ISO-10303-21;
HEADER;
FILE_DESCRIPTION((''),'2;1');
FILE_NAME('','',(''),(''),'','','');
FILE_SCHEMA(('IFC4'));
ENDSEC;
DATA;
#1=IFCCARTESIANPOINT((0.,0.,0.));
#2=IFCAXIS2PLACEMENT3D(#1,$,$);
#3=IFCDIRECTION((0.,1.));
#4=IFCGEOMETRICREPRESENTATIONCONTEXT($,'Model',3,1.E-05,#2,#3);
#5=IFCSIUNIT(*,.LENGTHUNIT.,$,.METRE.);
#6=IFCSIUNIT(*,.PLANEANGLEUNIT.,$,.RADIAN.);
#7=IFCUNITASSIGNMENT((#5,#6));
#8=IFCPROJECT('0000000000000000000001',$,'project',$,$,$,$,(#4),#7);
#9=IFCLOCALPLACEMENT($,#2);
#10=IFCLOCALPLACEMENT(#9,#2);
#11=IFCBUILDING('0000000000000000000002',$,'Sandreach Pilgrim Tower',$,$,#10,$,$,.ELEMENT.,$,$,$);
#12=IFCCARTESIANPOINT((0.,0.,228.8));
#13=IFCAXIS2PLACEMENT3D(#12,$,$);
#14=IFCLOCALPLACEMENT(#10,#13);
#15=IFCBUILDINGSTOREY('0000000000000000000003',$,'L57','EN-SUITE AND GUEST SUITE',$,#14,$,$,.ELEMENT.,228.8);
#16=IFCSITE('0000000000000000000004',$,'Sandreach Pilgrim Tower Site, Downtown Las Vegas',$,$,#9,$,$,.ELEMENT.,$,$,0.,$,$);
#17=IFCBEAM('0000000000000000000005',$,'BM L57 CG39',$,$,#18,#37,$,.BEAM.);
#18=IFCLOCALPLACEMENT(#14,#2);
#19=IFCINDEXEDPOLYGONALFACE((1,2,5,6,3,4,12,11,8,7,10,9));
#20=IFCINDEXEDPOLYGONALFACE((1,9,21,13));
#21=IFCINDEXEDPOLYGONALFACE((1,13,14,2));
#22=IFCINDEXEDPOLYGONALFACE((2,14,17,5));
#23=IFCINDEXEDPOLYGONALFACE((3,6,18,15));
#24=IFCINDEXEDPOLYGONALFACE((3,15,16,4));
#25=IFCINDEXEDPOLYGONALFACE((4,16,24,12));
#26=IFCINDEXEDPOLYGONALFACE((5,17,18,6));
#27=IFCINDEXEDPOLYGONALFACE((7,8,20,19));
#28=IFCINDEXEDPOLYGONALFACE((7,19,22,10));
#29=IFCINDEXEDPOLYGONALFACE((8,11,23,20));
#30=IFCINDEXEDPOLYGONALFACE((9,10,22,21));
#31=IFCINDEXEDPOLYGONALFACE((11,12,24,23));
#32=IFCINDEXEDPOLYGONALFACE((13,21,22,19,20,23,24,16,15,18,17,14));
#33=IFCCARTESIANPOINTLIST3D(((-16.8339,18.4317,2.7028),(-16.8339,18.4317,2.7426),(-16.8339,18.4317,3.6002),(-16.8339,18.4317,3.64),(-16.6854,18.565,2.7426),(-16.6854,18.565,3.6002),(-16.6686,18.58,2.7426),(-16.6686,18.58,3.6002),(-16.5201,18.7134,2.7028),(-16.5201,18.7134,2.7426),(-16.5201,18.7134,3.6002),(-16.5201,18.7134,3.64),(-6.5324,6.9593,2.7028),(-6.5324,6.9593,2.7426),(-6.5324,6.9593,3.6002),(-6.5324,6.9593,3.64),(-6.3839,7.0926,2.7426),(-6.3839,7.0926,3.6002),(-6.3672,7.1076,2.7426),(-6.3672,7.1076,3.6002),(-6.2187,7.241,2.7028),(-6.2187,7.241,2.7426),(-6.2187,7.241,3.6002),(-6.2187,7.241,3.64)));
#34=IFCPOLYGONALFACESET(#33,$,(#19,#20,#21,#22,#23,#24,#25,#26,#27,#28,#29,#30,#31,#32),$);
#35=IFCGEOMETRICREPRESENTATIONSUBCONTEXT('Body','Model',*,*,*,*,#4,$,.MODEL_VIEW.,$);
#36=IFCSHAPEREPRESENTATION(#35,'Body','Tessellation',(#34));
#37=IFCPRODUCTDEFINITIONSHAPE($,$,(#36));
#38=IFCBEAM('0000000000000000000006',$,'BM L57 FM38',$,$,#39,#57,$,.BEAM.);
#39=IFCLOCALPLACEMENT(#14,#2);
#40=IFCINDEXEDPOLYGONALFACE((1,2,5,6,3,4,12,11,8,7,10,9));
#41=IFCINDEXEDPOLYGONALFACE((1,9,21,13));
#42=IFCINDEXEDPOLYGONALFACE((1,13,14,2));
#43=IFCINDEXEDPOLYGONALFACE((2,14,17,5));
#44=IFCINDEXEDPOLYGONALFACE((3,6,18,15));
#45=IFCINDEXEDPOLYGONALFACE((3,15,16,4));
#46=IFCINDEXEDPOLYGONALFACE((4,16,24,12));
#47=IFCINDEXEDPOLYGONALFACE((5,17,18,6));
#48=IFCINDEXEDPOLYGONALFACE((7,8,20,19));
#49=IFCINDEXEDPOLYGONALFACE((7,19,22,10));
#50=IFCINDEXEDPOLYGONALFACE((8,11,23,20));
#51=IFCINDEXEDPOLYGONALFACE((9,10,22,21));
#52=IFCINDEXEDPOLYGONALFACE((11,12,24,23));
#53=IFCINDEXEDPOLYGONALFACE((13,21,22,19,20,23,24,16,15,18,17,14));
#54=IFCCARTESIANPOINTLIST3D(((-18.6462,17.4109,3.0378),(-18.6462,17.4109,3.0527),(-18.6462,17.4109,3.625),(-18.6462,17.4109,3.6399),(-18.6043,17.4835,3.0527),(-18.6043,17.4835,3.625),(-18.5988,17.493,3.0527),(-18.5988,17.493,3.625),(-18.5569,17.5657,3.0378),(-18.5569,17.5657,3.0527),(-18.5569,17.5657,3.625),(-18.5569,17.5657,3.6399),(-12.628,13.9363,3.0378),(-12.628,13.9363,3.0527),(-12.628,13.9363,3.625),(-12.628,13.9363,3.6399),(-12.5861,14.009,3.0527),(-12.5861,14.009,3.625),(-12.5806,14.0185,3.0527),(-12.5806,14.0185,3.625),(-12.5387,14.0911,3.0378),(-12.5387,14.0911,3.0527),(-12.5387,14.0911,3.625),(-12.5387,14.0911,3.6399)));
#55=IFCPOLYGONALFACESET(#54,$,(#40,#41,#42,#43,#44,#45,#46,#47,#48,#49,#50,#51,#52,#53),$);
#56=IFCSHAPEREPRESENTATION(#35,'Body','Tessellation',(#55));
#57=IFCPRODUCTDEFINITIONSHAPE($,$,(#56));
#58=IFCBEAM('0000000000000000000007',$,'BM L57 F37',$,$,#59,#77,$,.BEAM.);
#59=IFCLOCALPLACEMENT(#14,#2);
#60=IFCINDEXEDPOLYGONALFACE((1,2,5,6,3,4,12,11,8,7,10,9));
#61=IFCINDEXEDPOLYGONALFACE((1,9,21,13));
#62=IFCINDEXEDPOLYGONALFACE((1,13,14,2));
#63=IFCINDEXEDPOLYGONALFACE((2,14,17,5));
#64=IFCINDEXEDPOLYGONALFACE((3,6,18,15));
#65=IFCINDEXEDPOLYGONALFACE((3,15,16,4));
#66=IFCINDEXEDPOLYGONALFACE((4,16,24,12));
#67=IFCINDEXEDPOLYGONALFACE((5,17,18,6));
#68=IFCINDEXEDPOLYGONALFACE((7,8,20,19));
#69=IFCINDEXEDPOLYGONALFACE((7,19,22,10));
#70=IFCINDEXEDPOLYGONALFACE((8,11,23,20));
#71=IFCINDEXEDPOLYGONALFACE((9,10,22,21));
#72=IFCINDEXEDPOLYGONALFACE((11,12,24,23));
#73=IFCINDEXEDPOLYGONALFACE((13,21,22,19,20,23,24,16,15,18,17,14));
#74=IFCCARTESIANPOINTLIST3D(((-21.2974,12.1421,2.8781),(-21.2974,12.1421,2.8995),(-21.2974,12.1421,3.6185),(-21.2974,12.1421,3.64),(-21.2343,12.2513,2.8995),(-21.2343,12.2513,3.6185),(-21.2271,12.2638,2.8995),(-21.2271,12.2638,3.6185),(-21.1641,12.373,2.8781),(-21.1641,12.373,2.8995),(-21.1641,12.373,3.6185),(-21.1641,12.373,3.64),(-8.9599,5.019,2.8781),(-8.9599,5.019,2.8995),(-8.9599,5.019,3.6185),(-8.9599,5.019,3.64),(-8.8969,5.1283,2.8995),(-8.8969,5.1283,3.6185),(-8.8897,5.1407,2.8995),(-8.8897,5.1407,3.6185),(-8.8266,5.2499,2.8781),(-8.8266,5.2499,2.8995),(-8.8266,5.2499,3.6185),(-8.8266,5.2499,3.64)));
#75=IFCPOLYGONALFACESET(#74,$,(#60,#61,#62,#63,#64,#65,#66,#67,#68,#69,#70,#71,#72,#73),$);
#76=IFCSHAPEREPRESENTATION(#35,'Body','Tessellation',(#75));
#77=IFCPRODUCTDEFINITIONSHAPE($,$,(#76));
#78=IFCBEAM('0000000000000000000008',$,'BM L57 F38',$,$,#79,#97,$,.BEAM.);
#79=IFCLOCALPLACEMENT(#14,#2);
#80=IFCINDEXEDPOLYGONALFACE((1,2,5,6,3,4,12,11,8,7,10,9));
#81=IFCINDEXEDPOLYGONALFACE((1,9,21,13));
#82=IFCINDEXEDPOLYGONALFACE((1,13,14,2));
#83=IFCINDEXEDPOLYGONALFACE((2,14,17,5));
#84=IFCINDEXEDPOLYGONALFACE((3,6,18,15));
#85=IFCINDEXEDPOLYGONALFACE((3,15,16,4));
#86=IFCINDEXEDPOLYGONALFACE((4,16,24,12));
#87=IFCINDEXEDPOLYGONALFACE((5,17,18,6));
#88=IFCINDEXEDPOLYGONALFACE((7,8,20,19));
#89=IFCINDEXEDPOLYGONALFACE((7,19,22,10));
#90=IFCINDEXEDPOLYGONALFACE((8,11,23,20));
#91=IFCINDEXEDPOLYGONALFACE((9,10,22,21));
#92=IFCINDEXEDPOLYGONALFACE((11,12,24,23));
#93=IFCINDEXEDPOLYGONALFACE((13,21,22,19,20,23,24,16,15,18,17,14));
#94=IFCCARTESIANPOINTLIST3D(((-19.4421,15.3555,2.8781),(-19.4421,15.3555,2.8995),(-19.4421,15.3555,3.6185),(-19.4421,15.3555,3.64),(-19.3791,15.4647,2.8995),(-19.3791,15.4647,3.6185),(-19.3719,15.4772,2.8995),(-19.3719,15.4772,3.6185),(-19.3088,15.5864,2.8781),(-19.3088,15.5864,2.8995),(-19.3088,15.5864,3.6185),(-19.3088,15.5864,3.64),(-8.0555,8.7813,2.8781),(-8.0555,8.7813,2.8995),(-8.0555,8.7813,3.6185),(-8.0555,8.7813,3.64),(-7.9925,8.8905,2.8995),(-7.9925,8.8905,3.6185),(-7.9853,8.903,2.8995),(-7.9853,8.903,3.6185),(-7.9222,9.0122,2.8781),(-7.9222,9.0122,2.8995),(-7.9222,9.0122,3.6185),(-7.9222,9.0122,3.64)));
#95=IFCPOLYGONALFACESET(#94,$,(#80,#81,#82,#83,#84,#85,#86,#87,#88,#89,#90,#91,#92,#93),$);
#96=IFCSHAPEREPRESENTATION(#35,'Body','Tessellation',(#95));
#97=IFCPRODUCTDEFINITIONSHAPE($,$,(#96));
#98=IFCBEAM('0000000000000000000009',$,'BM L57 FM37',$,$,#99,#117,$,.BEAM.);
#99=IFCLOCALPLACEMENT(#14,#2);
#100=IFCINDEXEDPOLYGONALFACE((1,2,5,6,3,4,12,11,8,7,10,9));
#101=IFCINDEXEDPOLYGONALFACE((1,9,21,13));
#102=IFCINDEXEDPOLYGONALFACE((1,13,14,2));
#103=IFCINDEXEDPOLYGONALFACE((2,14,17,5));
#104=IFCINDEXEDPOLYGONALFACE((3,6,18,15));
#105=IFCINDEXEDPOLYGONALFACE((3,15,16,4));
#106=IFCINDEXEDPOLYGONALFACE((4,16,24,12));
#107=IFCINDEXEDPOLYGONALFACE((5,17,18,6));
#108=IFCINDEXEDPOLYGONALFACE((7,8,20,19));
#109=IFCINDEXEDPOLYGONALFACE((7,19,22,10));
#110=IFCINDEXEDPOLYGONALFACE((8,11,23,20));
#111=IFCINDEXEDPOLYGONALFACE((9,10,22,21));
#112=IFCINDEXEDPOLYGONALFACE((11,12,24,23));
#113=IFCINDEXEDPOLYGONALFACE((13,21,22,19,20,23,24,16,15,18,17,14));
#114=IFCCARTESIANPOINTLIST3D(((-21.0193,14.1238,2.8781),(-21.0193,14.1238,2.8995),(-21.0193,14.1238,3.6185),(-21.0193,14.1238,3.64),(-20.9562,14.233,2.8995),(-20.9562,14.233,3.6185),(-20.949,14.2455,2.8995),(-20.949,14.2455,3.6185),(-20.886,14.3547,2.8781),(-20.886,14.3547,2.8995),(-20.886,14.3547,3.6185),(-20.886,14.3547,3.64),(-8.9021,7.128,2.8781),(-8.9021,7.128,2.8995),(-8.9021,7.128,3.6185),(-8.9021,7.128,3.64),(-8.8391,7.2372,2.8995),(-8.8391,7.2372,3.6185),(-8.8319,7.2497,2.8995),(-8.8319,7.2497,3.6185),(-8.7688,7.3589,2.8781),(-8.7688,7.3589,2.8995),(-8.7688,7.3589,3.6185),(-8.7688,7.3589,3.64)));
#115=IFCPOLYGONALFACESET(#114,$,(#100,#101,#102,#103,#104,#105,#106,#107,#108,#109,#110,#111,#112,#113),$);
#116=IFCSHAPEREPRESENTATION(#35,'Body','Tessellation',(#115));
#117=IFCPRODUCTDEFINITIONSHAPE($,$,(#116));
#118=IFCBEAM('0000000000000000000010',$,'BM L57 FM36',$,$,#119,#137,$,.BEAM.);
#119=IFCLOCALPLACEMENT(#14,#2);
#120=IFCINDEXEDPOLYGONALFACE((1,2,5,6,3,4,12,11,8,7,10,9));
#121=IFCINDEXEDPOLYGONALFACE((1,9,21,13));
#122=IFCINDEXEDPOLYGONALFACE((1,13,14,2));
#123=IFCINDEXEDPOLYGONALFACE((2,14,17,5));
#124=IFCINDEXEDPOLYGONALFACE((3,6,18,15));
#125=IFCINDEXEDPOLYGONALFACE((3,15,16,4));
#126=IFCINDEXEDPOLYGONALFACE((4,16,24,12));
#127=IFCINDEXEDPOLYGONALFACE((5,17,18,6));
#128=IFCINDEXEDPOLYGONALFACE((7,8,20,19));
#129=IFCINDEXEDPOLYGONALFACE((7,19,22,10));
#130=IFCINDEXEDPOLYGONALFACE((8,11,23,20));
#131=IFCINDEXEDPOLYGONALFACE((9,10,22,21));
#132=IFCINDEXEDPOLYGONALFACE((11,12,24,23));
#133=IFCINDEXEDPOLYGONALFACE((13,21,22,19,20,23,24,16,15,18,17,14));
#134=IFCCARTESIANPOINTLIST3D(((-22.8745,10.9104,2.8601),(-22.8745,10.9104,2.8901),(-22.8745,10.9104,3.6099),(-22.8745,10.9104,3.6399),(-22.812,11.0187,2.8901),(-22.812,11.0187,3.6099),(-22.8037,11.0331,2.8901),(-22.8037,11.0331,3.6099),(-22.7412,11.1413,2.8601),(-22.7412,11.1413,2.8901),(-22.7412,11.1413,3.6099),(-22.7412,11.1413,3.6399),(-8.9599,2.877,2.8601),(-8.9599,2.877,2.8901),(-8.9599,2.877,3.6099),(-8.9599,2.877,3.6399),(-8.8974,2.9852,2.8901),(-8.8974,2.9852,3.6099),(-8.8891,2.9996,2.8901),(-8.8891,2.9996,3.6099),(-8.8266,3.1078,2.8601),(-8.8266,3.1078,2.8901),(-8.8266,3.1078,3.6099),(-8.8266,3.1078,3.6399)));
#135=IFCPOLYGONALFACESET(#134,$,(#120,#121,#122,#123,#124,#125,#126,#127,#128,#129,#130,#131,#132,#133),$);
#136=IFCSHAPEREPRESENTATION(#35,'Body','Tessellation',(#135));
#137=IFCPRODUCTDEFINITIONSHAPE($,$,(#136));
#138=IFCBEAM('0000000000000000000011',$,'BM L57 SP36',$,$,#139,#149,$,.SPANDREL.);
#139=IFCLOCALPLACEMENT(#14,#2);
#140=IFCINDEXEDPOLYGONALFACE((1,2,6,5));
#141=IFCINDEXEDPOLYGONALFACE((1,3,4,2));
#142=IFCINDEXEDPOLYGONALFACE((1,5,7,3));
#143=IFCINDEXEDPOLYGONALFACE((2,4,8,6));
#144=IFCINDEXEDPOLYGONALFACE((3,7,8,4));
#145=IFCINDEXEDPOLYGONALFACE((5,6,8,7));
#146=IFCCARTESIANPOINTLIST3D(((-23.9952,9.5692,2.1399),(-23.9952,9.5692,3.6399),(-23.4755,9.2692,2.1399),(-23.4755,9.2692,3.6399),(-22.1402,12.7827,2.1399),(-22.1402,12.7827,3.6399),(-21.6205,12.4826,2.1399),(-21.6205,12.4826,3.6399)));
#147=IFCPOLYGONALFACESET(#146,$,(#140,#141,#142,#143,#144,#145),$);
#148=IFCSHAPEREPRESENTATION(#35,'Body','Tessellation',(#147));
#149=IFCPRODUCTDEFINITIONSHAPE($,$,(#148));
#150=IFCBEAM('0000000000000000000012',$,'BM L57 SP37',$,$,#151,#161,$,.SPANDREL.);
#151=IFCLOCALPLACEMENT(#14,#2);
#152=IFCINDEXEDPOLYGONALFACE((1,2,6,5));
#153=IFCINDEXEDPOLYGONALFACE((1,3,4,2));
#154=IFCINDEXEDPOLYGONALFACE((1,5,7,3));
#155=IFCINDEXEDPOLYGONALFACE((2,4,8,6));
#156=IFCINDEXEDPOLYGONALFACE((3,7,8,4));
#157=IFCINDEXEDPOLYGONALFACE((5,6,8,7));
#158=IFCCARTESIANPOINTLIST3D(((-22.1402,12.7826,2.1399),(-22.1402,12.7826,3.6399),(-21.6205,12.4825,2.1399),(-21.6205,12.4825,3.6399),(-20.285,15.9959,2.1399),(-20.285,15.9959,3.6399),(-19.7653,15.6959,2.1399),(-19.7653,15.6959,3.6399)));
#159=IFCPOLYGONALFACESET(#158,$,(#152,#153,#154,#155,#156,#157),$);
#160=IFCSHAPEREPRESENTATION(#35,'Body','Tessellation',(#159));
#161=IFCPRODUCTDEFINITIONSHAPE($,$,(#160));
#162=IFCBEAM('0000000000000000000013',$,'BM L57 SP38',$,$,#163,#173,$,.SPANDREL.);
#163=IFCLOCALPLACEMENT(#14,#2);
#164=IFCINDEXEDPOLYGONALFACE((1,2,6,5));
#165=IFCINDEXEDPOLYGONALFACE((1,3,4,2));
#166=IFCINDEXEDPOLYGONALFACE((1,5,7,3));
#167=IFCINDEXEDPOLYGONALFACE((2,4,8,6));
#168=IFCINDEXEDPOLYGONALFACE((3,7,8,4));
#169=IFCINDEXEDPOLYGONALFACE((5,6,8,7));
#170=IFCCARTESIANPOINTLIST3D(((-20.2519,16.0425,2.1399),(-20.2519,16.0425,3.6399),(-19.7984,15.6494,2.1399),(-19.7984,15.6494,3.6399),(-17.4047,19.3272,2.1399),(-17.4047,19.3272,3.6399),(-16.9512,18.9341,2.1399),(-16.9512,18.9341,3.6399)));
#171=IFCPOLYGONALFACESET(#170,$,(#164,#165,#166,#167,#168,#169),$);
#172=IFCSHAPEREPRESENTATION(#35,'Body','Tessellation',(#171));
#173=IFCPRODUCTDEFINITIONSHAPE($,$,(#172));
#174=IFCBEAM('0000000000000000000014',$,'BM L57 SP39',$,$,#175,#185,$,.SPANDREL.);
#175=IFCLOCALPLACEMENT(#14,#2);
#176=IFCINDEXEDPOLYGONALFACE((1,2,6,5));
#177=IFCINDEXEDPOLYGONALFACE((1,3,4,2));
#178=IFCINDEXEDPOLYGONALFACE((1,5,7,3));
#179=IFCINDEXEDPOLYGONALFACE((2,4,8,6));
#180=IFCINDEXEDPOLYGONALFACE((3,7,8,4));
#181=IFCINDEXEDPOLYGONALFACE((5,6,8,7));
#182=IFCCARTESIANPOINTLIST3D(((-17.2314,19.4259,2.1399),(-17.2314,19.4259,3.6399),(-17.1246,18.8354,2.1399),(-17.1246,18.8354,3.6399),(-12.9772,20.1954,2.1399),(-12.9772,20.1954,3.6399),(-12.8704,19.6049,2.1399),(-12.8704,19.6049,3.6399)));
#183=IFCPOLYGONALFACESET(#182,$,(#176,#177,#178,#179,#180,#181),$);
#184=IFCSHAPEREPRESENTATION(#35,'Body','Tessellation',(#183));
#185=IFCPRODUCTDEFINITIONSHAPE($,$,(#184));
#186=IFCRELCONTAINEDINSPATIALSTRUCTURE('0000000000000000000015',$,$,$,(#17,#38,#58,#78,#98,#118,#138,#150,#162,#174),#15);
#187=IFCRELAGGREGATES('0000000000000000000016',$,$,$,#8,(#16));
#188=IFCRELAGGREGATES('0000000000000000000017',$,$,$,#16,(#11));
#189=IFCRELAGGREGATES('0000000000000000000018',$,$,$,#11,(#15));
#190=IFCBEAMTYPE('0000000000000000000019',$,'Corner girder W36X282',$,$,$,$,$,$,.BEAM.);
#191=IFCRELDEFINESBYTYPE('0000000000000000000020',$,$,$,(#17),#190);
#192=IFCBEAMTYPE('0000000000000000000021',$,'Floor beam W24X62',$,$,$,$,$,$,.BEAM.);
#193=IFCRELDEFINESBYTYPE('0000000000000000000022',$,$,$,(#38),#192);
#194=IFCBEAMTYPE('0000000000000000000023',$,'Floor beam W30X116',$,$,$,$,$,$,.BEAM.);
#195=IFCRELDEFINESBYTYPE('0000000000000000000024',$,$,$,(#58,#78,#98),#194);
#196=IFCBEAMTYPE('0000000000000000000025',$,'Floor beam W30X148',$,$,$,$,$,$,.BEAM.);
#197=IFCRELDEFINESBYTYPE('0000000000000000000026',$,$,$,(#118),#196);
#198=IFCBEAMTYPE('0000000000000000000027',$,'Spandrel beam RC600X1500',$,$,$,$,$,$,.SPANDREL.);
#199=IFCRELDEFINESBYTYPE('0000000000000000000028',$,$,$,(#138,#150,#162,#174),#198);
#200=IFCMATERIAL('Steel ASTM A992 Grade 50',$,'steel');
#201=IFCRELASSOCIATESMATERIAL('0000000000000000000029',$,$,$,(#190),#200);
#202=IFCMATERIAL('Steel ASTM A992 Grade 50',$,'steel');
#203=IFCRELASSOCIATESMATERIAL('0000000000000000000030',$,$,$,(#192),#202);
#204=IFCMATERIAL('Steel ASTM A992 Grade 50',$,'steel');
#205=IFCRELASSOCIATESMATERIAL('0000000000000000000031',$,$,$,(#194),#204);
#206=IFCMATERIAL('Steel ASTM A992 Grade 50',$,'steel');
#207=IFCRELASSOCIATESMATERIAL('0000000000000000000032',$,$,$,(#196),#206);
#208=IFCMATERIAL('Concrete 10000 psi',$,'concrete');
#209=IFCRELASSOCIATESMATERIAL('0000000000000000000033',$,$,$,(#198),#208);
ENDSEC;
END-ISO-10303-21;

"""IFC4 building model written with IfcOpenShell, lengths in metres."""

from ifc_helpers import new_model, si_unit, direction, frame, origin, origin_2d, place, context, subcontext, project, spatial, rectangle, i_section, extrude, material, material_profile, profile_set, type_object, element, save


model = new_model("IFC4")

# Units and contexts
model_context = context("Model", 3, precision=1e-05, world=origin(), true_north=direction((0.0, 1.0)))
body_context = subcontext(model_context, "Body", "Model", "MODEL_VIEW")
ifc_project = project(units=[si_unit("LENGTHUNIT", "METRE"), si_unit("PLANEANGLEUNIT", "RADIAN")], contexts=[model_context])

# Site, building, storey
site_placement = place(None, origin())
site = spatial("IfcSite", under=ifc_project, at=site_placement, Name="Sandreach Pilgrim Tower Site, Downtown Las Vegas", CompositionType="ELEMENT", RefElevation=0.0)
building_placement = place(site_placement, origin())
building = spatial("IfcBuilding", under=site, at=building_placement, Name="Sandreach Pilgrim Tower", CompositionType="ELEMENT")
storey_placement = place(building_placement, frame((0.0, 0.0, 228.8)))
storey = spatial("IfcBuildingStorey", under=building, at=storey_placement, Name="L57", Description="EN-SUITE AND GUEST SUITE", CompositionType="ELEMENT", Elevation=228.8)

# Beams
ifc_material_1 = material(Name="Steel ASTM A992 Grade 50", Category="steel")
ifc_material_profile_1 = material_profile(ifc_material_1, i_section(OverallWidth=0.4216, OverallDepth=0.9373, WebThickness=0.0225, FlangeThickness=0.0398, at=origin_2d()), Name="W36X282")
ifc_profile_set_1 = profile_set([ifc_material_profile_1], Name="Steel ASTM A992 Grade 50")
beam_type_1 = type_object("IfcBeamType", Name="Corner girder W36X282", PredefinedType="BEAM", material=ifc_profile_set_1)
beam_1_placement = place(storey_placement, frame((-16.677, 18.5725, 3.1714), z_axis=(0.668117, -0.744057, 0.0), x_axis=(0.744057, 0.668117, 0.0)))
element("IfcBeam", 1, at=beam_1_placement, inside=storey, type_object=beam_type_1, Name="BM L57 CG39", PredefinedType="BEAM", context=body_context, shape_type="SweptSolid", body=[
    extrude(i_section(OverallWidth=0.4216, OverallDepth=0.9373, WebThickness=0.0225, FlangeThickness=0.0398, at=origin_2d()), origin(), (0.0, 0.0, 1.0), 15.4187),
])
ifc_material_2 = material(Name="Steel ASTM A992 Grade 50", Category="steel")
ifc_material_profile_2 = material_profile(ifc_material_2, i_section(OverallWidth=0.1787, OverallDepth=0.6021, WebThickness=0.011, FlangeThickness=0.0149, at=origin_2d()), Name="W24X62")
ifc_profile_set_2 = profile_set([ifc_material_profile_2], Name="Steel ASTM A992 Grade 50")
beam_type_2 = type_object("IfcBeamType", Name="Floor beam W24X62", PredefinedType="BEAM", material=ifc_profile_set_2)
beam_2_placement = place(storey_placement, frame((-18.6016, 17.4883, 3.3389), z_axis=(0.866029, -0.499993, 0.0), x_axis=(0.499993, 0.866029, 0.0)))
element("IfcBeam", 2, at=beam_2_placement, inside=storey, type_object=beam_type_2, Name="BM L57 FM38", PredefinedType="BEAM", context=body_context, shape_type="SweptSolid", body=[
    extrude(i_section(OverallWidth=0.1787, OverallDepth=0.6021, WebThickness=0.011, FlangeThickness=0.0149, at=origin_2d()), origin(), (0.0, 0.0, 1.0), 6.9492),
])
ifc_material_3 = material(Name="Steel ASTM A992 Grade 50", Category="steel")
ifc_material_profile_3 = material_profile(ifc_material_3, i_section(OverallWidth=0.2666, OverallDepth=0.762, WebThickness=0.0144, FlangeThickness=0.0215, at=origin_2d()), Name="W30X116")
ifc_profile_set_3 = profile_set([ifc_material_profile_3], Name="Steel ASTM A992 Grade 50")
beam_type_3 = type_object("IfcBeamType", Name="Floor beam W30X116", PredefinedType="BEAM", material=ifc_profile_set_3)
beam_3_placement = place(storey_placement, frame((-21.2307, 12.2576, 3.259), z_axis=(0.866024, -0.500002, 0.0), x_axis=(0.500002, 0.866024, 0.0)))
element("IfcBeam", 3, at=beam_3_placement, inside=storey, type_object=beam_type_3, Name="BM L57 F37", PredefinedType="BEAM", context=body_context, shape_type="SweptSolid", body=[
    extrude(i_section(OverallWidth=0.2666, OverallDepth=0.762, WebThickness=0.0144, FlangeThickness=0.0215, at=origin_2d()), origin(), (0.0, 0.0, 1.0), 14.2461),
])
beam_4_placement = place(storey_placement, frame((-19.3755, 15.4709, 3.259), z_axis=(0.866022, -0.500005, 0.0), x_axis=(0.500005, 0.866022, 0.0)))
element("IfcBeam", 4, at=beam_4_placement, inside=storey, type_object=beam_type_3, Name="BM L57 F38", PredefinedType="BEAM", context=body_context, shape_type="SweptSolid", body=[
    extrude(i_section(OverallWidth=0.2666, OverallDepth=0.762, WebThickness=0.0144, FlangeThickness=0.0215, at=origin_2d()), origin(), (0.0, 0.0, 1.0), 13.1482),
])
beam_5_placement = place(storey_placement, frame((-20.9526, 14.2393, 3.259), z_axis=(0.866026, -0.499999, 0.0), x_axis=(0.499999, 0.866026, 0.0)))
element("IfcBeam", 5, at=beam_5_placement, inside=storey, type_object=beam_type_3, Name="BM L57 FM37", PredefinedType="BEAM", context=body_context, shape_type="SweptSolid", body=[
    extrude(i_section(OverallWidth=0.2666, OverallDepth=0.762, WebThickness=0.0144, FlangeThickness=0.0215, at=origin_2d()), origin(), (0.0, 0.0, 1.0), 13.9917),
])
ifc_material_4 = material(Name="Steel ASTM A992 Grade 50", Category="steel")
ifc_material_profile_4 = material_profile(ifc_material_4, i_section(OverallWidth=0.2666, OverallDepth=0.7798, WebThickness=0.0166, FlangeThickness=0.03, at=origin_2d()), Name="W30X148")
ifc_profile_set_4 = profile_set([ifc_material_profile_4], Name="Steel ASTM A992 Grade 50")
beam_type_4 = type_object("IfcBeamType", Name="Floor beam W30X148", PredefinedType="BEAM", material=ifc_profile_set_4)
beam_6_placement = place(storey_placement, frame((-22.8079, 11.0259, 3.25), z_axis=(0.866029, -0.499994, 0.0), x_axis=(0.499994, 0.866029, 0.0)))
element("IfcBeam", 6, at=beam_6_placement, inside=storey, type_object=beam_type_4, Name="BM L57 FM36", PredefinedType="BEAM", context=body_context, shape_type="SweptSolid", body=[
    extrude(i_section(OverallWidth=0.2666, OverallDepth=0.7798, WebThickness=0.0166, FlangeThickness=0.03, at=origin_2d()), origin(), (0.0, 0.0, 1.0), 16.0671),
])
ifc_material_5 = material(Name="Concrete 10000 psi", Category="concrete")
ifc_material_profile_5 = material_profile(ifc_material_5, rectangle(XDim=0.6001, YDim=1.5, at=origin_2d()), Name="RC600X1500")
ifc_profile_set_5 = profile_set([ifc_material_profile_5], Name="Concrete 10000 psi")
beam_type_5 = type_object("IfcBeamType", Name="Spandrel beam RC600X1500", PredefinedType="SPANDREL", material=ifc_profile_set_5)
for number, where, z_axis, x_axis, name in (
    (7, (-23.7354, 9.4192, 2.8899), (0.499946, 0.866056, 0.0), (-0.866056, 0.499946, 0.0), "BM L57 SP36"),
    (8, (-21.8804, 12.6326, 2.8899), (0.499996, 0.866028, 0.0), (-0.866028, 0.499996, 0.0), "BM L57 SP37"),
):
    element("IfcBeam", number, at=place(storey_placement, frame(where, z_axis=z_axis, x_axis=x_axis)), inside=storey, type_object=beam_type_5, Name=name, PredefinedType="SPANDREL", context=body_context, shape_type="SweptSolid", body=[
        extrude(rectangle(XDim=0.6001, YDim=1.5, at=origin_2d()), origin(), (0.0, 0.0, 1.0), 3.7104),
    ])
beam_7_placement = place(storey_placement, frame((-20.0251, 15.8459, 2.8899), z_axis=(0.65499, 0.755637, 0.0), x_axis=(-0.755637, 0.65499, 0.0)))
element("IfcBeam", 9, at=beam_7_placement, inside=storey, type_object=beam_type_5, Name="BM L57 SP38", PredefinedType="SPANDREL", context=body_context, shape_type="SweptSolid", body=[
    extrude(rectangle(XDim=0.6001, YDim=1.5, at=origin_2d()), origin(), (0.0, 0.0, 1.0), 4.3469),
])
beam_8_placement = place(storey_placement, frame((-17.178, 19.1306, 2.8899), z_axis=(0.98403, 0.178001, 0.0), x_axis=(-0.178001, 0.98403, 0.0)))
element("IfcBeam", 10, at=beam_8_placement, inside=storey, type_object=beam_type_5, Name="BM L57 SP39", PredefinedType="SPANDREL", context=body_context, shape_type="SweptSolid", body=[
    extrude(rectangle(XDim=0.6001, YDim=1.5, at=origin_2d()), origin(), (0.0, 0.0, 1.0), 4.3232),
])

save(model, "model.ifc")
